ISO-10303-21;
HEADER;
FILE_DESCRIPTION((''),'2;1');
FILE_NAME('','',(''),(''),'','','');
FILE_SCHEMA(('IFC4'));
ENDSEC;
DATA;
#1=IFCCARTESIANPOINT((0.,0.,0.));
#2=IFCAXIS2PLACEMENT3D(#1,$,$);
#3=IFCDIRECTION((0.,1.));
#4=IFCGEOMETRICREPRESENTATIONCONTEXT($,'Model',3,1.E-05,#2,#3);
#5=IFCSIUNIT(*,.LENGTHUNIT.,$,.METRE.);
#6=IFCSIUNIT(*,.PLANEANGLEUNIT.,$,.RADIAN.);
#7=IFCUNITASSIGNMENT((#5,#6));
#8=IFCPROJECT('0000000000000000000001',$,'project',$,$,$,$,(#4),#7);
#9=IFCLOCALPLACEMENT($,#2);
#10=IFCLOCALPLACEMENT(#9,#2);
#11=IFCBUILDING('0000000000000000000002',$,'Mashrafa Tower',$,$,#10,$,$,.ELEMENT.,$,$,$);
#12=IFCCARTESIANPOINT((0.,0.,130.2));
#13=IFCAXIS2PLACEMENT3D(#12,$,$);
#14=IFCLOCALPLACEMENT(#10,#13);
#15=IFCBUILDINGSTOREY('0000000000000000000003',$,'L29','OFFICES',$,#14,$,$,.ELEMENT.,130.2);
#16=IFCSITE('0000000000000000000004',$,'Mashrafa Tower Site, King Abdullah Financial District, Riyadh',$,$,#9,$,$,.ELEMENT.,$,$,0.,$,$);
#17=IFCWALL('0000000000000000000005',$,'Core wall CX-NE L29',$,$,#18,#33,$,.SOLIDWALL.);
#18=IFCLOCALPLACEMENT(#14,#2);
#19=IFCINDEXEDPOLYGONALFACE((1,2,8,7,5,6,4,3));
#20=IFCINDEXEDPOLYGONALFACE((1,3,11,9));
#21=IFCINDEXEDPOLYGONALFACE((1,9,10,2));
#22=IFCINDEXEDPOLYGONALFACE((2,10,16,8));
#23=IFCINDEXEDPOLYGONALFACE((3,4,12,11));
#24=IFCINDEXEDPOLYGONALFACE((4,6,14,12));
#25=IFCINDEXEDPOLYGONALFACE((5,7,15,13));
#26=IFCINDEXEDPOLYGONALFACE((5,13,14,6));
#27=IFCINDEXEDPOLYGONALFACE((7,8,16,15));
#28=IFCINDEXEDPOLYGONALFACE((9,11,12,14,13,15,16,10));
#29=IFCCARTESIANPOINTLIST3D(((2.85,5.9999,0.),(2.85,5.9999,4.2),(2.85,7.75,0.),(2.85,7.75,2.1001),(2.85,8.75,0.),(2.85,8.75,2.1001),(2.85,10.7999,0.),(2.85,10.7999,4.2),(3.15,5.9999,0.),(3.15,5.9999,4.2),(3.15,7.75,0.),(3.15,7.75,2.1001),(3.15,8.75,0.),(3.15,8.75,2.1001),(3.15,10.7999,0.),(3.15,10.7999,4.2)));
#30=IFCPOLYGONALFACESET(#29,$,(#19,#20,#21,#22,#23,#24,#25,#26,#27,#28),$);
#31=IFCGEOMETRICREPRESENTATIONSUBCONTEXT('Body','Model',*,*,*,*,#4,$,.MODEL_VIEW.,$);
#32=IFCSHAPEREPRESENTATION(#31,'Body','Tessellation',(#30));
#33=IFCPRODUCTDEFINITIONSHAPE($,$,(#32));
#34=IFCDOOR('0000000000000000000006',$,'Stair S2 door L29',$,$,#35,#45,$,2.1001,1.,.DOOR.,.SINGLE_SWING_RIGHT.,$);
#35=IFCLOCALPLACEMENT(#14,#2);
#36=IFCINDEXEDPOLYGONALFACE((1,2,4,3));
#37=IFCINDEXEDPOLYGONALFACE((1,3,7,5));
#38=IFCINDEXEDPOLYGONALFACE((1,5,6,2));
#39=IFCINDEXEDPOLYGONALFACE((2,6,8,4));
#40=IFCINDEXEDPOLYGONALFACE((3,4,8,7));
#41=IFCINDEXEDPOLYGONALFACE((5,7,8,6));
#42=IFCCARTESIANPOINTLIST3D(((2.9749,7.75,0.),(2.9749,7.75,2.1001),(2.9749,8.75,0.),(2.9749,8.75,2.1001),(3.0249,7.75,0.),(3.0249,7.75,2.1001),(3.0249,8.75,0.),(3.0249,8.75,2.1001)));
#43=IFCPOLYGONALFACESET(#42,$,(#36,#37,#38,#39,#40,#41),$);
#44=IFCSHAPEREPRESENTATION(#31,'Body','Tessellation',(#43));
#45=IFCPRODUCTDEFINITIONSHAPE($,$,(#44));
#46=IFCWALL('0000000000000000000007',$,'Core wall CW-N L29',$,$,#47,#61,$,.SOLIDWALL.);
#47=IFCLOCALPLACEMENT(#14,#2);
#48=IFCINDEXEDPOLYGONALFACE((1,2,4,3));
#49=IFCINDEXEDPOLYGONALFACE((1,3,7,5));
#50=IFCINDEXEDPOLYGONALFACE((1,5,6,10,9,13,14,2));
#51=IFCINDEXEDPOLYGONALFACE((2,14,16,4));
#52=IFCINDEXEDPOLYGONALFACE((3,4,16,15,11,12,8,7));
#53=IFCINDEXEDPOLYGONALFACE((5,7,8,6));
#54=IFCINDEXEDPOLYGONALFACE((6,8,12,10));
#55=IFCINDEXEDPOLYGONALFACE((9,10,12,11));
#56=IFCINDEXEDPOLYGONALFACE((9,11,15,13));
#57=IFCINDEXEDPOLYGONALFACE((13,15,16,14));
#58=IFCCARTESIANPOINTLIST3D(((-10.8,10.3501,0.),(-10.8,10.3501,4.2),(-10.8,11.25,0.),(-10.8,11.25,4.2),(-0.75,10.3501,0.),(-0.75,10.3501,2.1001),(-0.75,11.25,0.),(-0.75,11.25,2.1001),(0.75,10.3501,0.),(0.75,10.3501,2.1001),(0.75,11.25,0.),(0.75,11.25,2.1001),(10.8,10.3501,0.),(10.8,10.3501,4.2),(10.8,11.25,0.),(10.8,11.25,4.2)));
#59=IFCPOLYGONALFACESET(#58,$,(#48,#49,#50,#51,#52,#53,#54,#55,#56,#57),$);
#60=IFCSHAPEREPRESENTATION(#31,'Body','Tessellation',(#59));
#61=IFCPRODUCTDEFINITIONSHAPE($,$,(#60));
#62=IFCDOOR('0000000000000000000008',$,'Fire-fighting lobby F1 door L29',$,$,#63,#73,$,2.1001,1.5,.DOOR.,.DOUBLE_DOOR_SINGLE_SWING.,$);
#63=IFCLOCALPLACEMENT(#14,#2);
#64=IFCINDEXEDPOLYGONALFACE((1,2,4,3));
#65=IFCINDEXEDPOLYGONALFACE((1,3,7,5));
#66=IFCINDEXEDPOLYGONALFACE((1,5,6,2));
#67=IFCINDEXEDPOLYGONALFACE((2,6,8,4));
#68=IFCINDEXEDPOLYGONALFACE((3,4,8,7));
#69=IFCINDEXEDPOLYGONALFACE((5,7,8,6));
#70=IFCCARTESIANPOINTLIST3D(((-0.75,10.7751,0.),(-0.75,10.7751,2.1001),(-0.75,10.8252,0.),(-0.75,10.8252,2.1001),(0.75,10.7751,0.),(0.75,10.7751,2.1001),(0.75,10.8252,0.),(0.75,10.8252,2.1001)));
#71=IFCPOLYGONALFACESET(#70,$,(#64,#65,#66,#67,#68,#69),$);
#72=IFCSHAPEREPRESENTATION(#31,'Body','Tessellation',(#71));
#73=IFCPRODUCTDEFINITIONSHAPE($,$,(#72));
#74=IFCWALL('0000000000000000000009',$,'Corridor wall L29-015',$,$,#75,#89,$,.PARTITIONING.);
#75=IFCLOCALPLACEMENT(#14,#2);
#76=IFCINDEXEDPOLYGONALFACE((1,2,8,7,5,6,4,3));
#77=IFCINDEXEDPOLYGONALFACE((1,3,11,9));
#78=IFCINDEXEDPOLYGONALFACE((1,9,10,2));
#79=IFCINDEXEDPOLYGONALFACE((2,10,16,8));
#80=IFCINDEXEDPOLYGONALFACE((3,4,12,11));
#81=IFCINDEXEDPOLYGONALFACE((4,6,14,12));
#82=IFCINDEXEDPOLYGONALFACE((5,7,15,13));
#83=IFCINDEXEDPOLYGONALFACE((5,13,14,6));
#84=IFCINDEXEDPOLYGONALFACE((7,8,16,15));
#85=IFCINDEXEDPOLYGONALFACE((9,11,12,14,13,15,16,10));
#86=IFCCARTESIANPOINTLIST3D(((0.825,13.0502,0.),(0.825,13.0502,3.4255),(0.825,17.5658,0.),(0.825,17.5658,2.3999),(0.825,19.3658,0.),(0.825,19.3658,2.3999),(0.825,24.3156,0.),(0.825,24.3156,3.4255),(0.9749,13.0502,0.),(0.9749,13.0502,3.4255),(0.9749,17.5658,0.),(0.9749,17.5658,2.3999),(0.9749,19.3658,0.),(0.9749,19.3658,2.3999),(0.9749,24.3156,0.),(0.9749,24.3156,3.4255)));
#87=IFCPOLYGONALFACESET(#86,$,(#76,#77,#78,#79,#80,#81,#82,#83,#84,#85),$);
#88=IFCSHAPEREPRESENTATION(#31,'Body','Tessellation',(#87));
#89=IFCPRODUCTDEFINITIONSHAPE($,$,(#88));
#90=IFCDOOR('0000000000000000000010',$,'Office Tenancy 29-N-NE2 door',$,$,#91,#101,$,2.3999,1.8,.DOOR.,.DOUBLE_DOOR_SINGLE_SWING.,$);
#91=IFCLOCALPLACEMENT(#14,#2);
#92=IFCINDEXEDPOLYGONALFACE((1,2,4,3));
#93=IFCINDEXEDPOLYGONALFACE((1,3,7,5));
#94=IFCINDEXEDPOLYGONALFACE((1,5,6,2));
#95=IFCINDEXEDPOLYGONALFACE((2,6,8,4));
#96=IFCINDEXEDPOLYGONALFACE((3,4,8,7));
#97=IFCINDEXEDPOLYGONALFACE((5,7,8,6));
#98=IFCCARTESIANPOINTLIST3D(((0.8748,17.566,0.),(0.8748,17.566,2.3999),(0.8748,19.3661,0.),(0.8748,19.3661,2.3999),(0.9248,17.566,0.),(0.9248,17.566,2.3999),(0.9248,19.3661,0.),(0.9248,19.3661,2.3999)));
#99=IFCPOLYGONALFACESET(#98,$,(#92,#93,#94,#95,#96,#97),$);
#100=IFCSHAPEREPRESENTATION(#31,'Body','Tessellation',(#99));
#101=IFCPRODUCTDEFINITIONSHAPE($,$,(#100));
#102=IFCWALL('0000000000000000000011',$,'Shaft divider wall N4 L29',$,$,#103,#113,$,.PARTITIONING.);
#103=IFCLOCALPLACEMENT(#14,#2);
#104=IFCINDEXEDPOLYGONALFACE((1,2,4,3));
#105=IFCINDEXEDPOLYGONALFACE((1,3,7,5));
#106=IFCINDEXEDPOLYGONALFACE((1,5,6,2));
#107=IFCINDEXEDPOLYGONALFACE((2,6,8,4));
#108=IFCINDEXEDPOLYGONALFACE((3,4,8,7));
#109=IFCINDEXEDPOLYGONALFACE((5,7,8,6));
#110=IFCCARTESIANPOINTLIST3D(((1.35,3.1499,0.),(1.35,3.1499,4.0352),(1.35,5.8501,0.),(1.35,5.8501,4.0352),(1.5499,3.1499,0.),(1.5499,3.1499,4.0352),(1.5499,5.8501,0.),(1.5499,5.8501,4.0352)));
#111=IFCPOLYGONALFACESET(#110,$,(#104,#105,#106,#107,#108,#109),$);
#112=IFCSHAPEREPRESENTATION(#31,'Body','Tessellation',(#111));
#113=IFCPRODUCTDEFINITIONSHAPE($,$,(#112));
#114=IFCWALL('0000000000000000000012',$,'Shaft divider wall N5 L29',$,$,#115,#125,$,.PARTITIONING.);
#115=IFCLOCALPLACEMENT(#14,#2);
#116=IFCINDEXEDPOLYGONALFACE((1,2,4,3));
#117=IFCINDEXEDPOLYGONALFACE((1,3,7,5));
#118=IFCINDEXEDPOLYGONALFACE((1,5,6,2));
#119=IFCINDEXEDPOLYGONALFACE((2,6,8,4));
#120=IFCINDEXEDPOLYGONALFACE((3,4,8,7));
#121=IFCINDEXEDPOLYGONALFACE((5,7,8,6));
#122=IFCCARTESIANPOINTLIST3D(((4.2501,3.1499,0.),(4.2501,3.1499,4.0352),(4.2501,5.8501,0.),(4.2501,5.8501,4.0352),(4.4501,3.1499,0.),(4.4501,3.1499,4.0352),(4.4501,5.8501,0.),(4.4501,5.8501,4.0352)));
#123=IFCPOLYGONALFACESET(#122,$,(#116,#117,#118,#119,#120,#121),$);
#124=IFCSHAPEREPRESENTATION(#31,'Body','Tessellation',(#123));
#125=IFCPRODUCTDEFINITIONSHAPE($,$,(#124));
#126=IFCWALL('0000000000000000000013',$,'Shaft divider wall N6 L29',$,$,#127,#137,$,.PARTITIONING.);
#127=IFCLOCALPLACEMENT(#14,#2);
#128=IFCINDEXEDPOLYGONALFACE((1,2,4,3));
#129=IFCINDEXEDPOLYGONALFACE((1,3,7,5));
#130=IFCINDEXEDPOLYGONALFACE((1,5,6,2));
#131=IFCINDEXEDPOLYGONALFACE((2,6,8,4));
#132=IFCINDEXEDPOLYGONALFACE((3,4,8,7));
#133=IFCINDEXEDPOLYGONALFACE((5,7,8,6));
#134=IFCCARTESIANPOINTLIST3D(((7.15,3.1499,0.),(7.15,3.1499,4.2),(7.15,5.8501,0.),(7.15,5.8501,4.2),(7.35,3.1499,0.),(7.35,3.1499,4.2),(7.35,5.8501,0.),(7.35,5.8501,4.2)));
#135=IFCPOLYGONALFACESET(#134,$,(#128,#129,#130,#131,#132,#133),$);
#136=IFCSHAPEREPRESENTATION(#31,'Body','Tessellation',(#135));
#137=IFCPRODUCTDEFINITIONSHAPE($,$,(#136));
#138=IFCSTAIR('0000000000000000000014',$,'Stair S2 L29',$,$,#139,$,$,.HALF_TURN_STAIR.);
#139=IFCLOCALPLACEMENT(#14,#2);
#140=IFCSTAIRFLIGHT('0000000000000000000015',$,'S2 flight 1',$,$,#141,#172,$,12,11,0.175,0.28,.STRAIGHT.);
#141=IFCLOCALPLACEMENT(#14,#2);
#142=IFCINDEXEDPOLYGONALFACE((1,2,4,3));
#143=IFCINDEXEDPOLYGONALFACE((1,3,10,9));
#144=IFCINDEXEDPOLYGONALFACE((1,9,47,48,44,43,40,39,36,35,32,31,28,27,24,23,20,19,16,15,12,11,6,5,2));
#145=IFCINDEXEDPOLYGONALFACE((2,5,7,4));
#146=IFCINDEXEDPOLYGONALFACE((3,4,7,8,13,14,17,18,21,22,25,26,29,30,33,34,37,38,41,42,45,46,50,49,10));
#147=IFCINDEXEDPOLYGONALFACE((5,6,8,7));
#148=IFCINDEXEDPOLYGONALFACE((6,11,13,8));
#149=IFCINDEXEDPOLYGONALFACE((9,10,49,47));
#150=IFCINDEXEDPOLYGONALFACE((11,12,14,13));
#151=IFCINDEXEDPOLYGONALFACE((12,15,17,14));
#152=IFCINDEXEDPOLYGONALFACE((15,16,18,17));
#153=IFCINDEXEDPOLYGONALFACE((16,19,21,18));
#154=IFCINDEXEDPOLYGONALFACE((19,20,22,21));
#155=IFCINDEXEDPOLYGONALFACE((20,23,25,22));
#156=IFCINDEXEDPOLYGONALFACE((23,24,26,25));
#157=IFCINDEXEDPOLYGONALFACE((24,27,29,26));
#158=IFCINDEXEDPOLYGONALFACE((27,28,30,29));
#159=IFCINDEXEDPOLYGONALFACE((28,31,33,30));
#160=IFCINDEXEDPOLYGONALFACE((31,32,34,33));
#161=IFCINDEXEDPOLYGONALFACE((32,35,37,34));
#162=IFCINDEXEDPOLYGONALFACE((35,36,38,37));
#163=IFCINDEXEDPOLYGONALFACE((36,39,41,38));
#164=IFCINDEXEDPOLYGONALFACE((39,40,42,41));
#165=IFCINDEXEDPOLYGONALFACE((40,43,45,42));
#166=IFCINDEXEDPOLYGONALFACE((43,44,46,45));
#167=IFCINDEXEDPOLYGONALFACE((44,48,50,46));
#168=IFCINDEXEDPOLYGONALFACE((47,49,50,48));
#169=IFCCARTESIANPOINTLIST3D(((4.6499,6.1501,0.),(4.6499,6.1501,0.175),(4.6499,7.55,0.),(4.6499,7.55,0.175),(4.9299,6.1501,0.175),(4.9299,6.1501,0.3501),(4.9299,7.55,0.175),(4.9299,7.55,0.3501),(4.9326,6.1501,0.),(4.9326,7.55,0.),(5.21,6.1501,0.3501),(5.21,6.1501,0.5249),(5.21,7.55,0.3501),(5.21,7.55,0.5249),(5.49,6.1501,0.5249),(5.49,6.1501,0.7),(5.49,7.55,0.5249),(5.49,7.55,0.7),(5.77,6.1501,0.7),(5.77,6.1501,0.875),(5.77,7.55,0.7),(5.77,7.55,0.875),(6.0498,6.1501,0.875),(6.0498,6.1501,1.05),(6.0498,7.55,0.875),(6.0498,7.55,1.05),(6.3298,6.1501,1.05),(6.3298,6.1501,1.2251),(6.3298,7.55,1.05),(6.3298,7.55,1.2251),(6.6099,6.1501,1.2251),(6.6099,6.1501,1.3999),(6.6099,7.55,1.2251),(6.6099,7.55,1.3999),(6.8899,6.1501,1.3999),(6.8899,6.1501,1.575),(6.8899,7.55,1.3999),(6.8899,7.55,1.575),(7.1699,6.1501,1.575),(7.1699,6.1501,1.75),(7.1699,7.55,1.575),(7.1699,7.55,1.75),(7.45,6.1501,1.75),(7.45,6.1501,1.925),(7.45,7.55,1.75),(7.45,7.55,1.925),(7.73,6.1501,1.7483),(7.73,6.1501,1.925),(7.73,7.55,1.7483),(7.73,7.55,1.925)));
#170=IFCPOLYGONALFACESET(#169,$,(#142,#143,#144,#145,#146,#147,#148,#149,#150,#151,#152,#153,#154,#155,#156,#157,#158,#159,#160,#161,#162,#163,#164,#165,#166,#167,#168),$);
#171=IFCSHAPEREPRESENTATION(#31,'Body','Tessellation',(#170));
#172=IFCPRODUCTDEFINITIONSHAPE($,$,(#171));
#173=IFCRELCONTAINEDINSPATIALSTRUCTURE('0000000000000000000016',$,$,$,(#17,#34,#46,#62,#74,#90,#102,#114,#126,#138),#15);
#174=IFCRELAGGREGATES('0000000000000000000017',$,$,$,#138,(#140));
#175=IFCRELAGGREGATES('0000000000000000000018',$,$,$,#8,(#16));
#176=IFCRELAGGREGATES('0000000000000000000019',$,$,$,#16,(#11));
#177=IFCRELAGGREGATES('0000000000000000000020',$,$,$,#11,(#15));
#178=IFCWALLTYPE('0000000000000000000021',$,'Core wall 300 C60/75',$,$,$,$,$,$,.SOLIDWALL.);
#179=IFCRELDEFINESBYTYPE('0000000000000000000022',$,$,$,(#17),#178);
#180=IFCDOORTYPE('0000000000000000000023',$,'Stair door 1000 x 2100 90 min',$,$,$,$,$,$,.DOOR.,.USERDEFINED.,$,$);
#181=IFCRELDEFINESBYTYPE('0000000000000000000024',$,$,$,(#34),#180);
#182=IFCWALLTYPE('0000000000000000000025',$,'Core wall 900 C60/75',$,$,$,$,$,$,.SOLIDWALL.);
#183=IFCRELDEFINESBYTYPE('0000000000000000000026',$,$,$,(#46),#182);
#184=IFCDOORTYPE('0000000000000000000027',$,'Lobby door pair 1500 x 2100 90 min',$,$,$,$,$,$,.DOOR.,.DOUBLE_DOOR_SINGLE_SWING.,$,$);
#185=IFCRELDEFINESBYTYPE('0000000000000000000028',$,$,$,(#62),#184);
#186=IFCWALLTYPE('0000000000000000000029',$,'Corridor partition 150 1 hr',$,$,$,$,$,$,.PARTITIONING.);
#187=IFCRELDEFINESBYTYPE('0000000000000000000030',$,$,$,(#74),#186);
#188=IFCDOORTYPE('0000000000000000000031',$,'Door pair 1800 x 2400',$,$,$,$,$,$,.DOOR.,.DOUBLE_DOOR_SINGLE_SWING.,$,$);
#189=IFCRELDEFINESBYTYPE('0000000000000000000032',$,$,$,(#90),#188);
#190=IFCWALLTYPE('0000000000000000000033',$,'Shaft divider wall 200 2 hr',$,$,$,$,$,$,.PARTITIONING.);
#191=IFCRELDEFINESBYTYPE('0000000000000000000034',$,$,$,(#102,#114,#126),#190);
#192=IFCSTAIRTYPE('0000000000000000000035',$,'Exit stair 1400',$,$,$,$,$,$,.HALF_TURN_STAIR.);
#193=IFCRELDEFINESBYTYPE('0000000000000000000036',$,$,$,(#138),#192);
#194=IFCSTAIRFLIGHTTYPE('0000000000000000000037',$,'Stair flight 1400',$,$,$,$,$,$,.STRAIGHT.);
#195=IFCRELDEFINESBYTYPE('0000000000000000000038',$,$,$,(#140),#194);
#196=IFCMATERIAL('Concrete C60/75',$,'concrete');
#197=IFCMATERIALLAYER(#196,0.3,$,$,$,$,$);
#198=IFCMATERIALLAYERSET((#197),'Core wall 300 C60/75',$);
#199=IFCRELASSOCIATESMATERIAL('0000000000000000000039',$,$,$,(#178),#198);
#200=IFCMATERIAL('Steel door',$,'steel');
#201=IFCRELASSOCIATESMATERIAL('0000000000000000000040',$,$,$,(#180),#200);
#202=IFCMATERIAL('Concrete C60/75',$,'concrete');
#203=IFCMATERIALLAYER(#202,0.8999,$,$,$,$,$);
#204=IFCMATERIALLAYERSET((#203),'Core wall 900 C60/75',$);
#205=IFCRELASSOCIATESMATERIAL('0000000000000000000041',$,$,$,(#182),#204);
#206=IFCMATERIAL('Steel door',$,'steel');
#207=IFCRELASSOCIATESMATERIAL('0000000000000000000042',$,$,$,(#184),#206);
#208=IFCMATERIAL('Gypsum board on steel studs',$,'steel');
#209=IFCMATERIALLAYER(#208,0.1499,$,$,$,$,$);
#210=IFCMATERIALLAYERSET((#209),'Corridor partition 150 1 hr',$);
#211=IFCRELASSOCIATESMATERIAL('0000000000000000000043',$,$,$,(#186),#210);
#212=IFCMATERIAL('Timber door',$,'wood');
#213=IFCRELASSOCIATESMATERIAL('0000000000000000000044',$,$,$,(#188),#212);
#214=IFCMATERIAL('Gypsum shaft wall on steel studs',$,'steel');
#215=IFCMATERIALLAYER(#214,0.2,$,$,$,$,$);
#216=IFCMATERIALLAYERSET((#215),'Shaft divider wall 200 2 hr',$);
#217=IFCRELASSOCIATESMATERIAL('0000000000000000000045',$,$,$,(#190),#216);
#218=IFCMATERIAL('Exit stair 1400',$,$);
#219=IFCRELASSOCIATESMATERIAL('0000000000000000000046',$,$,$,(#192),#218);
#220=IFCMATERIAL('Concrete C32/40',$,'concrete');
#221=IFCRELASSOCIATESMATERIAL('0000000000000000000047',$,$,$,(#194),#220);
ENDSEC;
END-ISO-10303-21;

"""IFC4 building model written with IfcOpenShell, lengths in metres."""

from ifc_helpers import new_model, si_unit, direction, frame, frame_2d, origin, place, context, subcontext, project, spatial, polyline, rectangle, outline, extrude, material, layer, layer_set, type_object, element, fill, aggregate, save


model = new_model("IFC4")

# Units and contexts
model_context = context("Model", 3, precision=1e-05, world=origin(), true_north=direction((0.0, 1.0)))
body_context = subcontext(model_context, "Body", "Model", "MODEL_VIEW")
ifc_project = project(units=[si_unit("LENGTHUNIT", "METRE"), si_unit("PLANEANGLEUNIT", "RADIAN")], contexts=[model_context])

# Site, building, storey
site_placement = place(None, origin())
site = spatial("IfcSite", under=ifc_project, at=site_placement, Name="Mashrafa Tower Site, King Abdullah Financial District, Riyadh", CompositionType="ELEMENT", RefElevation=0.0)
building_placement = place(site_placement, origin())
building = spatial("IfcBuilding", under=site, at=building_placement, Name="Mashrafa Tower", CompositionType="ELEMENT")
storey_placement = place(building_placement, frame((0.0, 0.0, 130.2)))
storey = spatial("IfcBuildingStorey", under=building, at=storey_placement, Name="L29", Description="OFFICES", CompositionType="ELEMENT", Elevation=130.2)

# Walls, openings, doors
ifc_material_1 = material(Name="Concrete C60/75", Category="concrete")
ifc_layer_1 = layer(ifc_material_1, 0.3)
ifc_layer_set_1 = layer_set([ifc_layer_1], Name="Core wall 300 C60/75")
wall_type_1 = type_object("IfcWallType", Name="Core wall 300 C60/75", PredefinedType="SOLIDWALL", material=ifc_layer_set_1)
wall_1_placement = place(storey_placement, frame((3.0, 6.0, 0.0), z_axis=(0.0, 0.0, 1.0), x_axis=(0.0, 1.0, 0.0)))
wall_1 = element("IfcWall", 1, at=wall_1_placement, inside=storey, type_object=wall_type_1, Name="Core wall CX-NE L29", PredefinedType="SOLIDWALL", context=body_context, shape_type="SweptSolid", body=[
    extrude(rectangle(XDim=4.8, YDim=0.3, at=frame_2d((2.3999, 0.0))), origin(), (0.0, 0.0, 1.0), 4.2),
])
opening_1_placement = place(wall_1_placement, frame((1.75, 0.0, 0.0)))
opening_1 = element("IfcOpeningElement", 2, at=opening_1_placement, cuts=wall_1, PredefinedType="OPENING", context=body_context, shape_type="SweptSolid", body=[
    extrude(rectangle(XDim=1.0, YDim=2.1001, at=frame_2d((0.5, 1.05))), frame((0.0, 0.1599, 0.0), z_axis=(0.0, -1.0, 0.0), x_axis=(1.0, 0.0, 0.0)), (0.0, 0.0, 1.0), 0.3201),
])
ifc_material_2 = material(Name="Steel door", Category="steel")
door_type_1 = type_object("IfcDoorType", Name="Stair door 1000 x 2100 90 min", OperationType="USERDEFINED", PredefinedType="DOOR", material=ifc_material_2)
door_1_placement = place(opening_1_placement, frame((1.0, 0.0, 0.0), z_axis=(0.0, 0.0, 1.0), x_axis=(-1.0, 0.0, 0.0)))
door_1 = element("IfcDoor", 3, at=door_1_placement, inside=storey, type_object=door_type_1, Name="Stair S2 door L29", OperationType="SINGLE_SWING_RIGHT", OverallHeight=2.1001, OverallWidth=1.0, PredefinedType="DOOR", context=body_context, shape_type="SweptSolid", body=[
    extrude(rectangle(XDim=1.0, YDim=2.1001, at=frame_2d((0.5, 1.05))), frame((0.0, 0.0249, 0.0), z_axis=(0.0, -1.0, 0.0), x_axis=(1.0, 0.0, 0.0)), (0.0, 0.0, 1.0), 0.05),
])
fill(opening_1, door_1)
ifc_material_3 = material(Name="Concrete C60/75", Category="concrete")
ifc_layer_2 = layer(ifc_material_3, 0.8999)
ifc_layer_set_2 = layer_set([ifc_layer_2], Name="Core wall 900 C60/75")
wall_type_2 = type_object("IfcWallType", Name="Core wall 900 C60/75", PredefinedType="SOLIDWALL", material=ifc_layer_set_2)
wall_2_placement = place(storey_placement, frame((10.8, 10.8, 0.0), z_axis=(0.0, 0.0, 1.0), x_axis=(-1.0, 0.0, 0.0)))
wall_2 = element("IfcWall", 4, at=wall_2_placement, inside=storey, type_object=wall_type_2, Name="Core wall CW-N L29", PredefinedType="SOLIDWALL", context=body_context, shape_type="SweptSolid", body=[
    extrude(rectangle(XDim=21.6001, YDim=0.8999, at=frame_2d((10.8, 0.0))), origin(), (0.0, 0.0, 1.0), 4.2),
])
opening_2_placement = place(wall_2_placement, frame((10.05, 0.0, 0.0)))
opening_2 = element("IfcOpeningElement", 5, at=opening_2_placement, cuts=wall_2, PredefinedType="OPENING", context=body_context, shape_type="SweptSolid", body=[
    extrude(rectangle(XDim=1.5, YDim=2.1001, at=frame_2d((0.75, 1.05))), frame((0.0, 0.46, 0.0), z_axis=(0.0, -1.0, 0.0), x_axis=(1.0, 0.0, 0.0)), (0.0, 0.0, 1.0), 0.9199),
])
ifc_material_4 = material(Name="Steel door", Category="steel")
door_type_2 = type_object("IfcDoorType", Name="Lobby door pair 1500 x 2100 90 min", OperationType="DOUBLE_DOOR_SINGLE_SWING", PredefinedType="DOOR", material=ifc_material_4)
door_2_placement = place(opening_2_placement, origin())
door_2 = element("IfcDoor", 6, at=door_2_placement, inside=storey, type_object=door_type_2, Name="Fire-fighting lobby F1 door L29", OperationType="DOUBLE_DOOR_SINGLE_SWING", OverallHeight=2.1001, OverallWidth=1.5, PredefinedType="DOOR", context=body_context, shape_type="SweptSolid", body=[
    extrude(rectangle(XDim=1.5, YDim=2.1001, at=frame_2d((0.75, 1.05))), frame((0.0, 0.0249, 0.0), z_axis=(0.0, -1.0, 0.0), x_axis=(1.0, 0.0, 0.0)), (0.0, 0.0, 1.0), 0.05),
])
fill(opening_2, door_2)
ifc_material_5 = material(Name="Gypsum board on steel studs", Category="steel")
ifc_layer_3 = layer(ifc_material_5, 0.1499)
ifc_layer_set_3 = layer_set([ifc_layer_3], Name="Corridor partition 150 1 hr")
wall_type_3 = type_object("IfcWallType", Name="Corridor partition 150 1 hr", PredefinedType="PARTITIONING", material=ifc_layer_set_3)
wall_3_placement = place(storey_placement, frame((0.8999, 13.05, 0.0), z_axis=(0.0, 0.0, 1.0), x_axis=(0.0, 1.0, 0.0)))
wall_3 = element("IfcWall", 7, at=wall_3_placement, inside=storey, type_object=wall_type_3, Name="Corridor wall L29-015", PredefinedType="PARTITIONING", context=body_context, shape_type="SweptSolid", body=[
    extrude(rectangle(XDim=11.2654, YDim=0.1499, at=frame_2d((5.6328, 0.0))), origin(), (0.0, 0.0, 1.0), 3.4255),
])
opening_3_placement = place(wall_3_placement, frame((4.5159, 0.0, 0.0)))
opening_3 = element("IfcOpeningElement", 8, at=opening_3_placement, cuts=wall_3, PredefinedType="OPENING", context=body_context, shape_type="SweptSolid", body=[
    extrude(rectangle(XDim=1.8, YDim=2.3999, at=frame_2d((0.8999, 1.2))), frame((0.0, 0.085, 0.0), z_axis=(0.0, -1.0, 0.0), x_axis=(1.0, 0.0, 0.0)), (0.0, 0.0, 1.0), 0.1699),
])
ifc_material_6 = material(Name="Timber door", Category="wood")
door_type_3 = type_object("IfcDoorType", Name="Door pair 1800 x 2400", OperationType="DOUBLE_DOOR_SINGLE_SWING", PredefinedType="DOOR", material=ifc_material_6)
door_3_placement = place(opening_3_placement, frame((1.8, 0.0, 0.0), z_axis=(0.0, 0.0, 1.0), x_axis=(-1.0, 0.0, 0.0)))
door_3 = element("IfcDoor", 9, at=door_3_placement, inside=storey, type_object=door_type_3, Name="Office Tenancy 29-N-NE2 door", OperationType="DOUBLE_DOOR_SINGLE_SWING", OverallHeight=2.3999, OverallWidth=1.8, PredefinedType="DOOR", context=body_context, shape_type="SweptSolid", body=[
    extrude(rectangle(XDim=1.8, YDim=2.3999, at=frame_2d((0.8999, 1.2))), frame((0.0, 0.0249, 0.0), z_axis=(0.0, -1.0, 0.0), x_axis=(1.0, 0.0, 0.0)), (0.0, 0.0, 1.0), 0.05),
])
fill(opening_3, door_3)

# Walls
ifc_material_7 = material(Name="Gypsum shaft wall on steel studs", Category="steel")
ifc_layer_4 = layer(ifc_material_7, 0.2)
ifc_layer_set_4 = layer_set([ifc_layer_4], Name="Shaft divider wall 200 2 hr")
wall_type_4 = type_object("IfcWallType", Name="Shaft divider wall 200 2 hr", PredefinedType="PARTITIONING", material=ifc_layer_set_4)
for number, where, z_axis, x_axis, name in (
    (10, (1.45, 3.1499, 0.0), (0.0, 0.0, 1.0), (0.0, 1.0, 0.0), "Shaft divider wall N4 L29"),
    (11, (4.3501, 3.1499, 0.0), (0.0, 0.0, 1.0), (0.0, 1.0, 0.0), "Shaft divider wall N5 L29"),
):
    element("IfcWall", number, at=place(storey_placement, frame(where, z_axis=z_axis, x_axis=x_axis)), inside=storey, type_object=wall_type_4, Name=name, PredefinedType="PARTITIONING", context=body_context, shape_type="SweptSolid", body=[
        extrude(rectangle(XDim=2.7002, YDim=0.2, at=frame_2d((1.3501, 0.0))), origin(), (0.0, 0.0, 1.0), 4.0352),
    ])
wall_4_placement = place(storey_placement, frame((7.25, 3.1499, 0.0), z_axis=(0.0, 0.0, 1.0), x_axis=(0.0, 1.0, 0.0)))
element("IfcWall", 12, at=wall_4_placement, inside=storey, type_object=wall_type_4, Name="Shaft divider wall N6 L29", PredefinedType="PARTITIONING", context=body_context, shape_type="SweptSolid", body=[
    extrude(rectangle(XDim=2.7002, YDim=0.2, at=frame_2d((1.3501, 0.0))), origin(), (0.0, 0.0, 1.0), 4.2),
])

# Stair, stair flight
ifc_material_8 = material(Name="Exit stair 1400")
stair_type = type_object("IfcStairType", Name="Exit stair 1400", PredefinedType="HALF_TURN_STAIR", material=ifc_material_8)
stair_placement = place(storey_placement, origin())
stair = element("IfcStair", 13, at=stair_placement, inside=storey, type_object=stair_type, Name="Stair S2 L29", PredefinedType="HALF_TURN_STAIR")
ifc_material_9 = material(Name="Concrete C32/40", Category="concrete")
stair_flight_type = type_object("IfcStairFlightType", Name="Stair flight 1400", PredefinedType="STRAIGHT", material=ifc_material_9)
stair_flight_1_placement = place(storey_placement, frame((4.6499, 6.8501, 0.0), z_axis=(0.0, 0.0, 1.0), x_axis=(1.0, 0.0, 0.0)))
stair_flight_1 = element("IfcStairFlight", 14, at=stair_flight_1_placement, type_object=stair_flight_type, Name="S2 flight 1", NumberOfRisers=12, NumberOfTreads=11, PredefinedType="STRAIGHT", RiserHeight=0.175, TreadLength=0.28, context=body_context, shape_type="SweptSolid", body=[
    extrude(outline(polyline([(0.0, 0.0), (0.0, 0.175), (0.28, 0.175), (0.28, 0.3501), (0.5601, 0.3501), (0.5601, 0.5249), (0.8401, 0.5249), (0.8401, 0.7), (1.1201, 0.7), (1.1201, 0.875), (1.3999, 0.875), (1.3999, 1.05), (1.6799, 1.05), (1.6799, 1.2251), (1.96, 1.2251), (1.96, 1.3999), (2.24, 1.3999), (2.24, 1.575), (2.52, 1.575), (2.52, 1.75), (2.8, 1.75), (2.8, 1.925), (3.0801, 1.925), (3.0801, 2.1001), (3.0801, 1.7483), (0.2827, 0.0), (0.0, 0.0)])), frame((0.0, 0.7, 0.0), z_axis=(0.0, -1.0, 0.0), x_axis=(1.0, 0.0, 0.0)), (0.0, 0.0, 1.0), 1.3999),
])
aggregate(stair, [stair_flight_1])

save(model, "model.ifc")
